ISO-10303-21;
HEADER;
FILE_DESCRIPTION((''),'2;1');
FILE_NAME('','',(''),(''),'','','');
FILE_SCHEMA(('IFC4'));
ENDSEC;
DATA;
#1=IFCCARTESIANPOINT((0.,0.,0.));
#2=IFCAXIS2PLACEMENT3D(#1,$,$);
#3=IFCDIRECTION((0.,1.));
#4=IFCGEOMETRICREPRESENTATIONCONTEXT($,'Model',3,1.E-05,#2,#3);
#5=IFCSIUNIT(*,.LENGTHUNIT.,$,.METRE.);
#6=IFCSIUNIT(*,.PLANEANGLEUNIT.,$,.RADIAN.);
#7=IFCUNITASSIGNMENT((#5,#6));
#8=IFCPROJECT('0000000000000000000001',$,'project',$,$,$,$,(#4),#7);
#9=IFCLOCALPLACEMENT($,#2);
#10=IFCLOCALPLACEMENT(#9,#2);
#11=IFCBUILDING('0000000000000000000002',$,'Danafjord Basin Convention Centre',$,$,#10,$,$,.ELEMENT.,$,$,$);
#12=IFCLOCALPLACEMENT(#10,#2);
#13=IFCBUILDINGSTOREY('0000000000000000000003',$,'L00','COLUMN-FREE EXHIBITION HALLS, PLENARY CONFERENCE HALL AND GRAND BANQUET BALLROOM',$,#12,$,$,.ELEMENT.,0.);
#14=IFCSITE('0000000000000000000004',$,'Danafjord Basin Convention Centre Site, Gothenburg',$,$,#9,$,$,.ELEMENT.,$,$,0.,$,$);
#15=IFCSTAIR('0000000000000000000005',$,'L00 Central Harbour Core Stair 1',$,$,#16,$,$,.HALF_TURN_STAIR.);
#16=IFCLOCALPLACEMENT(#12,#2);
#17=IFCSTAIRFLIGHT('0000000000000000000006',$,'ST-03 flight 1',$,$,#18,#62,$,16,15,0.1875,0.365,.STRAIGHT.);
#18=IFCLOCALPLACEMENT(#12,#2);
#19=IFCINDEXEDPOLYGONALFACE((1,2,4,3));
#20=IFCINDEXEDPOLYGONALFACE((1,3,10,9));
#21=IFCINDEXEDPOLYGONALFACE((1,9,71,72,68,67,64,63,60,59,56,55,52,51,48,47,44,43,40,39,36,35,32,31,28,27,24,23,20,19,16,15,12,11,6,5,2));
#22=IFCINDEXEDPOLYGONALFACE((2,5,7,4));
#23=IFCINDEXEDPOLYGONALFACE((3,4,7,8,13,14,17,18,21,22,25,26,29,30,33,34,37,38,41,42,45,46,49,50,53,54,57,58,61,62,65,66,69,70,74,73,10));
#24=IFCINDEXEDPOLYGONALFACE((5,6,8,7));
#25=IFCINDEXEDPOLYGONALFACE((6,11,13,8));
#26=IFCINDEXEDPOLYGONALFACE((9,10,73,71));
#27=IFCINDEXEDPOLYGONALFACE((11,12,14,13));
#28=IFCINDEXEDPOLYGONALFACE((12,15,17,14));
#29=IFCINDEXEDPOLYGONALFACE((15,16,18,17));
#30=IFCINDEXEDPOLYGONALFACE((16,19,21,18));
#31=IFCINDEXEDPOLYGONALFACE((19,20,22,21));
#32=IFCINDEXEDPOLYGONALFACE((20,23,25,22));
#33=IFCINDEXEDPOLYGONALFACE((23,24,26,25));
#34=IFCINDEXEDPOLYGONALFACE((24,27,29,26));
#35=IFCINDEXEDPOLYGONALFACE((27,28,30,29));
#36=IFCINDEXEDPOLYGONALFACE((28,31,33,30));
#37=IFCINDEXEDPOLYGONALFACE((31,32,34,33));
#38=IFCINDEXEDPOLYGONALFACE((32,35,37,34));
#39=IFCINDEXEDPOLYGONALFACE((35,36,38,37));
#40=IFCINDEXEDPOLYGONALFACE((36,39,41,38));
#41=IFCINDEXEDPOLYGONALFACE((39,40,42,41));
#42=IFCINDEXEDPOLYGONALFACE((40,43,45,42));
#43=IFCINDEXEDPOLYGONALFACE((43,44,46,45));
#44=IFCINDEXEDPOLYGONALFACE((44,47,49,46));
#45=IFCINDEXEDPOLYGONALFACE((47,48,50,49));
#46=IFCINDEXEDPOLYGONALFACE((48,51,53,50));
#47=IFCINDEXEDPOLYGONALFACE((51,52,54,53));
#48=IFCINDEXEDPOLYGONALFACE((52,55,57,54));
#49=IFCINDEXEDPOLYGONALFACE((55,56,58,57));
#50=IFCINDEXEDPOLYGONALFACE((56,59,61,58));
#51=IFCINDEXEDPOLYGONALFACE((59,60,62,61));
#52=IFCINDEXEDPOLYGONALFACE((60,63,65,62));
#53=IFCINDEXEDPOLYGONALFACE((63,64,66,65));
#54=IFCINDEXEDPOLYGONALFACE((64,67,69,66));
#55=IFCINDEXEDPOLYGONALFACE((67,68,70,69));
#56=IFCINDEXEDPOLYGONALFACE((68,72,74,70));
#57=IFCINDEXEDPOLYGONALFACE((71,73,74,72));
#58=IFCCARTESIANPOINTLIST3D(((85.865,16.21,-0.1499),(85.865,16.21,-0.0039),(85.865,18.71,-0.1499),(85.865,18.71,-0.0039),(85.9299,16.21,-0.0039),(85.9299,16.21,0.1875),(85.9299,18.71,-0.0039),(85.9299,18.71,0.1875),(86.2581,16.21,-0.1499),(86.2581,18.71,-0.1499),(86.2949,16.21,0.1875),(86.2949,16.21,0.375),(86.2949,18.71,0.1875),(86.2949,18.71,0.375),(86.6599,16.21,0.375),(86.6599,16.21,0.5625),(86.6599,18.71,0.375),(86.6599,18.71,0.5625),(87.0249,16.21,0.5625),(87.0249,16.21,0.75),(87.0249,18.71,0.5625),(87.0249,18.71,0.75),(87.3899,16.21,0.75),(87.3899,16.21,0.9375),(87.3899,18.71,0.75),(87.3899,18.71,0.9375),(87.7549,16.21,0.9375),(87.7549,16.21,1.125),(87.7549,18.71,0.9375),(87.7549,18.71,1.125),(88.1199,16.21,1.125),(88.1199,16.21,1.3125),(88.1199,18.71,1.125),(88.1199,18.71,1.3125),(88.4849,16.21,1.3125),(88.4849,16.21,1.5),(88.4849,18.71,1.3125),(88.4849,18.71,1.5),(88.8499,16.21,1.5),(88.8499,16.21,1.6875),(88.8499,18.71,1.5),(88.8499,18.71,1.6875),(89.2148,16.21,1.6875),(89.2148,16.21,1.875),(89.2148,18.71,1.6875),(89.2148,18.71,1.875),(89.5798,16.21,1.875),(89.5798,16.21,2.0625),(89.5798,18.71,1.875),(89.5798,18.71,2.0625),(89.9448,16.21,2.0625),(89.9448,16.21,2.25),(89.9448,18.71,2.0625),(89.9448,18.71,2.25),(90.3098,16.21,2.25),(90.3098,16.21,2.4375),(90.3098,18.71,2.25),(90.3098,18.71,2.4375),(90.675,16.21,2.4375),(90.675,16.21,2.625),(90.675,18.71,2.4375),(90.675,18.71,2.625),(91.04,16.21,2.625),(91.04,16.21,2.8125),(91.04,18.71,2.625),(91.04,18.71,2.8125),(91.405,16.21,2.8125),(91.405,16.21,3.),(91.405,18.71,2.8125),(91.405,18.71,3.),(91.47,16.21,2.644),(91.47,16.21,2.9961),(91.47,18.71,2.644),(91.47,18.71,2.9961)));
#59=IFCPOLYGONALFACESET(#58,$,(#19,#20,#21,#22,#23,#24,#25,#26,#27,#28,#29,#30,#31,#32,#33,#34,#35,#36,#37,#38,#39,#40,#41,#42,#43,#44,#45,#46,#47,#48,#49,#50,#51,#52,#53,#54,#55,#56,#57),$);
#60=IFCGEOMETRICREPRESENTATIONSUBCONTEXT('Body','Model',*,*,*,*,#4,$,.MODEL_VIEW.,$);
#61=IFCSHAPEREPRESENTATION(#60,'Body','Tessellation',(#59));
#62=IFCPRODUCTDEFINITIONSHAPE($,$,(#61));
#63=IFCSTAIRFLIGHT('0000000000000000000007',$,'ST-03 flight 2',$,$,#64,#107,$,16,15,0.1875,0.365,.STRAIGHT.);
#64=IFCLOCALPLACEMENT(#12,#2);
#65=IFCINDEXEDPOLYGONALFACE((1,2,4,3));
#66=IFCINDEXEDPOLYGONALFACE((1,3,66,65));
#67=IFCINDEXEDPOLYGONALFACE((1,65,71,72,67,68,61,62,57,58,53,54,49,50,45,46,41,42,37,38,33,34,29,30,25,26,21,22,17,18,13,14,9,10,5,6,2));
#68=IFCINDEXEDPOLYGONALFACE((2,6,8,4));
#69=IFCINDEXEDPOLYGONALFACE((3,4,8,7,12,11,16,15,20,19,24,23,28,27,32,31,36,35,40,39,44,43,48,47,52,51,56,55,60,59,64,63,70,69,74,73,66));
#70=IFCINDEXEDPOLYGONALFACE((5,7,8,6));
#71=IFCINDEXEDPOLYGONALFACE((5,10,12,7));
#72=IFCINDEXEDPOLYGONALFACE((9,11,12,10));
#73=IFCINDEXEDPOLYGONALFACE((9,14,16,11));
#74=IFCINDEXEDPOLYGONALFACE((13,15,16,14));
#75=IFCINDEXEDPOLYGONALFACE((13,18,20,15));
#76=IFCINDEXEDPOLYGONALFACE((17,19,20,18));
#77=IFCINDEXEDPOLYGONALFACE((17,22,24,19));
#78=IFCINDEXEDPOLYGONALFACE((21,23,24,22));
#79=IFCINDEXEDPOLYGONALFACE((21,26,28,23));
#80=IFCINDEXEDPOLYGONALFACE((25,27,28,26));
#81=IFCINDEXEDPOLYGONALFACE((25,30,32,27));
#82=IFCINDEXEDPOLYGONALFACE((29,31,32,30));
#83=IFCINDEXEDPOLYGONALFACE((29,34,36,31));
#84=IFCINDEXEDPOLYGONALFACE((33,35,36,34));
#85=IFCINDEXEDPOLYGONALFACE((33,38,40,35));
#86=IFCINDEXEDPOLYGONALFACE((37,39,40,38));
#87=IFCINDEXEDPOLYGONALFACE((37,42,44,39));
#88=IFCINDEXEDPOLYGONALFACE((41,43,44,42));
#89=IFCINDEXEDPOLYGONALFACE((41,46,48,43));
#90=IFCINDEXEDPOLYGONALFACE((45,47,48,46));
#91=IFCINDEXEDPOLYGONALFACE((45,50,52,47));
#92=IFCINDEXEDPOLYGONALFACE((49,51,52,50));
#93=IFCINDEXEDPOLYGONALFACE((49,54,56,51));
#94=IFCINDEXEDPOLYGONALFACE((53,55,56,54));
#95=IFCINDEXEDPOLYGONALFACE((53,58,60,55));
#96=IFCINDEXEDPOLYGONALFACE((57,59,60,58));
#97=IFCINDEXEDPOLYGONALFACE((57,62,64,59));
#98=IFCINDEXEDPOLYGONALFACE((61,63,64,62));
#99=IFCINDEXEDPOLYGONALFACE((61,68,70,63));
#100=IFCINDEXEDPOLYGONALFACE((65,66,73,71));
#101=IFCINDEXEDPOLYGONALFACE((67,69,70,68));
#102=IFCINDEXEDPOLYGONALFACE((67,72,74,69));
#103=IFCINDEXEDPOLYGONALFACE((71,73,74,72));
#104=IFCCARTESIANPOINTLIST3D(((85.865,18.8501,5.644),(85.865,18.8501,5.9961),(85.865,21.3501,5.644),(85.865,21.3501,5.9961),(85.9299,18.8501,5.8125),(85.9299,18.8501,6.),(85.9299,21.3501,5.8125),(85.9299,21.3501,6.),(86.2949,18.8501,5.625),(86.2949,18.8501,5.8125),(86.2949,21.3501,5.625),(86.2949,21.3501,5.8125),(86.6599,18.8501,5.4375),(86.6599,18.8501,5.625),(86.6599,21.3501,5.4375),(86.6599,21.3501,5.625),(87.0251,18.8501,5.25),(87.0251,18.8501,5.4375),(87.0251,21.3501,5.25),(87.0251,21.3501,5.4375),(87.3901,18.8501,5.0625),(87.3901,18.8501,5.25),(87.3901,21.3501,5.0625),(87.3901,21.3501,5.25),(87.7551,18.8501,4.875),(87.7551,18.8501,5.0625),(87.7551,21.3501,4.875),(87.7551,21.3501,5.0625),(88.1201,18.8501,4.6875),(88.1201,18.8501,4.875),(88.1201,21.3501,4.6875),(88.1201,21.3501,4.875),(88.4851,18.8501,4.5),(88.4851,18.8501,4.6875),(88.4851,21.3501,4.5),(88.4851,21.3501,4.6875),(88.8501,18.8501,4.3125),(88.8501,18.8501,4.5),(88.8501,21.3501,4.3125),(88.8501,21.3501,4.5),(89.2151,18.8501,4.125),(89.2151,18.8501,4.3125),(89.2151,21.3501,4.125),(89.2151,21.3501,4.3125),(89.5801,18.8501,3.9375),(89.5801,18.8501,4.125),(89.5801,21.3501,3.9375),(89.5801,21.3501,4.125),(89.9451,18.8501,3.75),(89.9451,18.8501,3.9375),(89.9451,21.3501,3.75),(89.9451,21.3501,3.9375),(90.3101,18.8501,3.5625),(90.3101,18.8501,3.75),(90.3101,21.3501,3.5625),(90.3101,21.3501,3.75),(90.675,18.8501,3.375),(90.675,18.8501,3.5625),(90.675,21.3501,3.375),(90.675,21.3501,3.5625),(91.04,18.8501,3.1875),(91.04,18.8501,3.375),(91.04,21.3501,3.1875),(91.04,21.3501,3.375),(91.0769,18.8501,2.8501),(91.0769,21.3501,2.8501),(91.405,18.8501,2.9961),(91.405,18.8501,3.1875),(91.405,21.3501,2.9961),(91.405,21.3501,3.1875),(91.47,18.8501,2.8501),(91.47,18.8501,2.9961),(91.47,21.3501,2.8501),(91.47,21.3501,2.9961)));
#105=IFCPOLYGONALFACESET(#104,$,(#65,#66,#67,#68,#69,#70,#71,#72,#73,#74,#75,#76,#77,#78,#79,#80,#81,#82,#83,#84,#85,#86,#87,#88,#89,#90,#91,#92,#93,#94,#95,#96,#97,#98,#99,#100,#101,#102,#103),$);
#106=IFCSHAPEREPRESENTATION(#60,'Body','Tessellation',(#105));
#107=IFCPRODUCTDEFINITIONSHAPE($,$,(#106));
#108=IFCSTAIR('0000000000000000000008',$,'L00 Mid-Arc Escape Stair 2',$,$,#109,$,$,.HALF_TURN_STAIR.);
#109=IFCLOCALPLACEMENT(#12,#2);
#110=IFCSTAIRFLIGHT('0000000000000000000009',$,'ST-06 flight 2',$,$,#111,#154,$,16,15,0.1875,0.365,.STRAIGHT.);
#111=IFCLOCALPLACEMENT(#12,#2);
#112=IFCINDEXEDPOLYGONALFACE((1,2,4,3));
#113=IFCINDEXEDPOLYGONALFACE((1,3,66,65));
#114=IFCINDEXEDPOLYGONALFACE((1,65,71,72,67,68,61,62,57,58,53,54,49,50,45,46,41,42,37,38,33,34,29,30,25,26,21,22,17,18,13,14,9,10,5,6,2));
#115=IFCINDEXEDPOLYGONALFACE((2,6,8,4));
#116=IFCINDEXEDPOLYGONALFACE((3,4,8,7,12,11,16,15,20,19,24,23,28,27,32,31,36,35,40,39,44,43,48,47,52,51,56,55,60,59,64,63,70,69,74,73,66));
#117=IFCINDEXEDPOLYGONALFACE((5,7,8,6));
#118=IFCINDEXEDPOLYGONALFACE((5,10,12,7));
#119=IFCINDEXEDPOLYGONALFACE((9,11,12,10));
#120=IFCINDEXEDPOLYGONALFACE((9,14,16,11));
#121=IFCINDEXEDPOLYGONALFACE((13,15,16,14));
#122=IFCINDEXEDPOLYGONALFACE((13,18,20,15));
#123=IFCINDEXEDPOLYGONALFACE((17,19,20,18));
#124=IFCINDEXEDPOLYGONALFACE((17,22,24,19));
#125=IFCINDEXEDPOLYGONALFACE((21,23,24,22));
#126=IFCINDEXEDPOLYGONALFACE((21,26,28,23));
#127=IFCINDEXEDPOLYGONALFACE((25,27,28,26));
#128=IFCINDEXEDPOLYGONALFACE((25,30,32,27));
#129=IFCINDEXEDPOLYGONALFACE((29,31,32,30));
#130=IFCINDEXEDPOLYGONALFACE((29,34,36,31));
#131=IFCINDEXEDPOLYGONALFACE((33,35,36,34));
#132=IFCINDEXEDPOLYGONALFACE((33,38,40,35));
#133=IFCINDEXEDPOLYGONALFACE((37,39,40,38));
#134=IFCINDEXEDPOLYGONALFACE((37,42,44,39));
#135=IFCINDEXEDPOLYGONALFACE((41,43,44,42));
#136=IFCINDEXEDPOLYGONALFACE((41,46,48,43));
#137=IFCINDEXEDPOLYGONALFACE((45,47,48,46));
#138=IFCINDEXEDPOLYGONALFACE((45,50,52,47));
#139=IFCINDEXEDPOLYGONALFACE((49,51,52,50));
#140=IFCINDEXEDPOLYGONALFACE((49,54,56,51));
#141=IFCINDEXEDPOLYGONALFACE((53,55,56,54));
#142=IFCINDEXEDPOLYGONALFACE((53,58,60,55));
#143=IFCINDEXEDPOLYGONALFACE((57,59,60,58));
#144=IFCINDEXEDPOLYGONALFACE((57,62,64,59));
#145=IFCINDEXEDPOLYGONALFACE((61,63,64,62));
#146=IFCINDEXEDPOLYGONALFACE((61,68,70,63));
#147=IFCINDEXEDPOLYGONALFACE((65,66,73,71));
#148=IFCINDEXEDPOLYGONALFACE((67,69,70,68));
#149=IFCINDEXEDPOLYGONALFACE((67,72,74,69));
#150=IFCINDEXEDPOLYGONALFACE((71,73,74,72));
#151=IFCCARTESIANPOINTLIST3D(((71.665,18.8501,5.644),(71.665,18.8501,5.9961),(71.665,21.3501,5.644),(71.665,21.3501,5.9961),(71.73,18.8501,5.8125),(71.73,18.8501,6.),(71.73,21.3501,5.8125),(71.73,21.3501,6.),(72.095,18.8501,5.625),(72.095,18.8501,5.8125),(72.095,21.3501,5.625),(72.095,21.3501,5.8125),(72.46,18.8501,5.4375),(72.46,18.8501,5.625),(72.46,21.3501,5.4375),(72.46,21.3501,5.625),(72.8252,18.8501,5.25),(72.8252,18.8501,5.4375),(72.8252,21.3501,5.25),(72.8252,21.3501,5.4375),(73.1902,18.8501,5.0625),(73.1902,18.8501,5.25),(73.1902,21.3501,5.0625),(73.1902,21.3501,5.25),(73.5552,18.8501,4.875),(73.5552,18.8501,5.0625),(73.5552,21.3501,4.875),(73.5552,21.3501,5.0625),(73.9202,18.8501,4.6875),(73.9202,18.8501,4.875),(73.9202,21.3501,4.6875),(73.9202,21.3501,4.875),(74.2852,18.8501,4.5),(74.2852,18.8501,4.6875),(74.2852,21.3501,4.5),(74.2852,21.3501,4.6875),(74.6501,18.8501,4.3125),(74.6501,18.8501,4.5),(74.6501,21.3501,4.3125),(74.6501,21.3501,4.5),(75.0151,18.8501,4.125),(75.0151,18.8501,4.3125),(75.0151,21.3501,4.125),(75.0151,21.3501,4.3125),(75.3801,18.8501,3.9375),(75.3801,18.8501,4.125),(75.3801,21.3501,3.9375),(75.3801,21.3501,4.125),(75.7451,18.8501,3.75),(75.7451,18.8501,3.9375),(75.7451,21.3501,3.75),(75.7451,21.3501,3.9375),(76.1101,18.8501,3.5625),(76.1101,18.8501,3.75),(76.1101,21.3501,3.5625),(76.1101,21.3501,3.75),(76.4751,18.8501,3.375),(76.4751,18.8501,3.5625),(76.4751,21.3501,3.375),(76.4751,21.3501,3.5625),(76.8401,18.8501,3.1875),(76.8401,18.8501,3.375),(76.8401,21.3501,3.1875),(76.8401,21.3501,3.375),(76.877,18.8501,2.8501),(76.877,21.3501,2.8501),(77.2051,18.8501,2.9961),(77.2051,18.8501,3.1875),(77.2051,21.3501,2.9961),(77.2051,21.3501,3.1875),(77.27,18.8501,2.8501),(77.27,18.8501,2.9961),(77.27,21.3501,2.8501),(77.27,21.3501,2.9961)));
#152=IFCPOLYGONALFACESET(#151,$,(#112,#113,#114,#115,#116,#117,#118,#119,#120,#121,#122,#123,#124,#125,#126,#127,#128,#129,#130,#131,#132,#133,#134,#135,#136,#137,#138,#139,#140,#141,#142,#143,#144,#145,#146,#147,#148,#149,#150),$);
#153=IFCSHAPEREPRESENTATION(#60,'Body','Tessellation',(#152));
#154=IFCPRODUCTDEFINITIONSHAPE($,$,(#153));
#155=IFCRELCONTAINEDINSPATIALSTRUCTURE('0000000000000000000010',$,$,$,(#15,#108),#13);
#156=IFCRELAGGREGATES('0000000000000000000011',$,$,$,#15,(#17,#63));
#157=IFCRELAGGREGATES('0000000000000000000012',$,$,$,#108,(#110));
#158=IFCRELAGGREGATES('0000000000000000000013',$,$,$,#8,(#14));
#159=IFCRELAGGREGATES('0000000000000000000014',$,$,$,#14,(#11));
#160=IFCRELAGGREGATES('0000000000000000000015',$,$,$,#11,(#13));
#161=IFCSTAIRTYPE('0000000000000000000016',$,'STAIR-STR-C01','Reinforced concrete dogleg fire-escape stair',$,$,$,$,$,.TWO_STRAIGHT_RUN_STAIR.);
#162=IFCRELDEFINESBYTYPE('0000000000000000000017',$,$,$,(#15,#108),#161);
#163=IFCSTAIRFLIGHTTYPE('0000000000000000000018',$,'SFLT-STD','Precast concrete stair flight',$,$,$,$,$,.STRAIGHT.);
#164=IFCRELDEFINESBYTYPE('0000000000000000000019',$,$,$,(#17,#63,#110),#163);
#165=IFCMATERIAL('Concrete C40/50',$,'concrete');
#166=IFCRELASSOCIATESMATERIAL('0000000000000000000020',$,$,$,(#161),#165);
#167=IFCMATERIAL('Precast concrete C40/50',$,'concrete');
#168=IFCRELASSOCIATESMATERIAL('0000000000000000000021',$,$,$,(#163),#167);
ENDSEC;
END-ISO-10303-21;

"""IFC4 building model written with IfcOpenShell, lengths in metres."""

from ifc_helpers import new_model, si_unit, direction, frame, origin, place, context, subcontext, project, spatial, polyline, outline, extrude, material, type_object, element, aggregate, save


model = new_model("IFC4")

# Units and contexts
model_context = context("Model", 3, precision=1e-05, world=origin(), true_north=direction((0.0, 1.0)))
body_context = subcontext(model_context, "Body", "Model", "MODEL_VIEW")
ifc_project = project(units=[si_unit("LENGTHUNIT", "METRE"), si_unit("PLANEANGLEUNIT", "RADIAN")], contexts=[model_context])

# Site, building, storey
site_placement = place(None, origin())
site = spatial("IfcSite", under=ifc_project, at=site_placement, Name="Danafjord Basin Convention Centre Site, Gothenburg", CompositionType="ELEMENT", RefElevation=0.0)
building_placement = place(site_placement, origin())
building = spatial("IfcBuilding", under=site, at=building_placement, Name="Danafjord Basin Convention Centre", CompositionType="ELEMENT")
storey_placement = place(building_placement, origin())
storey = spatial("IfcBuildingStorey", under=building, at=storey_placement, Name="L00", Description="COLUMN-FREE EXHIBITION HALLS, PLENARY CONFERENCE HALL AND GRAND BANQUET BALLROOM", CompositionType="ELEMENT", Elevation=0.0)

# Stair, stair flights
ifc_material_1 = material(Name="Concrete C40/50", Category="concrete")
stair_type = type_object("IfcStairType", Name="STAIR-STR-C01", Description="Reinforced concrete dogleg fire-escape stair", PredefinedType="TWO_STRAIGHT_RUN_STAIR", material=ifc_material_1)
stair_1_placement = place(storey_placement, origin())
stair_1 = element("IfcStair", 1, at=stair_1_placement, inside=storey, type_object=stair_type, Name="L00 Central Harbour Core Stair 1", PredefinedType="HALF_TURN_STAIR")
ifc_material_2 = material(Name="Precast concrete C40/50", Category="concrete")
stair_flight_type = type_object("IfcStairFlightType", Name="SFLT-STD", Description="Precast concrete stair flight", PredefinedType="STRAIGHT", material=ifc_material_2)
stair_flight_1_placement = place(storey_placement, frame((85.9299, 17.46, 0.0), z_axis=(0.0, 0.0, 1.0), x_axis=(1.0, 0.0, 0.0)))
stair_flight_1 = element("IfcStairFlight", 2, at=stair_flight_1_placement, type_object=stair_flight_type, Name="ST-03 flight 1", NumberOfRisers=16, NumberOfTreads=15, PredefinedType="STRAIGHT", RiserHeight=0.1875, TreadLength=0.365, context=body_context, shape_type="SweptSolid", body=[
    extrude(outline(polyline([(-0.0649, -0.1499), (-0.0649, -0.0039), (0.0, -0.0039), (0.0, 0.1875), (0.365, 0.1875), (0.365, 0.375), (0.73, 0.375), (0.73, 0.5625), (1.095, 0.5625), (1.095, 0.75), (1.46, 0.75), (1.46, 0.9375), (1.825, 0.9375), (1.825, 1.125), (2.1899, 1.125), (2.1899, 1.3125), (2.5549, 1.3125), (2.5549, 1.5), (2.9199, 1.5), (2.9199, 1.6875), (3.2849, 1.6875), (3.2849, 1.875), (3.6499, 1.875), (3.6499, 2.0625), (4.0149, 2.0625), (4.0149, 2.25), (4.3799, 2.25), (4.3799, 2.4375), (4.7451, 2.4375), (4.7451, 2.625), (5.1101, 2.625), (5.1101, 2.8125), (5.4751, 2.8125), (5.4751, 3.0), (5.54, 2.9961), (5.54, 2.644), (0.3281, -0.1499), (-0.0649, -0.1499)])), frame((0.0, 1.25, 0.0), z_axis=(0.0, -1.0, 0.0), x_axis=(1.0, 0.0, 0.0)), (0.0, 0.0, 1.0), 2.5),
])
stair_flight_2_placement = place(storey_placement, frame((91.405, 20.1001, 3.0), z_axis=(0.0, 0.0, 1.0), x_axis=(-1.0, 0.0, 0.0)))
stair_flight_2 = element("IfcStairFlight", 3, at=stair_flight_2_placement, type_object=stair_flight_type, Name="ST-03 flight 2", NumberOfRisers=16, NumberOfTreads=15, PredefinedType="STRAIGHT", RiserHeight=0.1875, TreadLength=0.365, context=body_context, shape_type="SweptSolid", body=[
    extrude(outline(polyline([(-0.0649, -0.1499), (-0.0649, -0.0039), (0.0, -0.0039), (0.0, 0.1875), (0.365, 0.1875), (0.365, 0.375), (0.73, 0.375), (0.73, 0.5625), (1.095, 0.5625), (1.095, 0.75), (1.46, 0.75), (1.46, 0.9375), (1.825, 0.9375), (1.825, 1.125), (2.1899, 1.125), (2.1899, 1.3125), (2.5549, 1.3125), (2.5549, 1.5), (2.9199, 1.5), (2.9199, 1.6875), (3.2849, 1.6875), (3.2849, 1.875), (3.6499, 1.875), (3.6499, 2.0625), (4.0149, 2.0625), (4.0149, 2.25), (4.3799, 2.25), (4.3799, 2.4375), (4.7451, 2.4375), (4.7451, 2.625), (5.1101, 2.625), (5.1101, 2.8125), (5.4751, 2.8125), (5.4751, 3.0), (5.54, 2.9961), (5.54, 2.644), (0.3281, -0.1499), (-0.0649, -0.1499)])), frame((0.0, 1.25, 0.0), z_axis=(0.0, -1.0, 0.0), x_axis=(1.0, 0.0, 0.0)), (0.0, 0.0, 1.0), 2.5),
])
aggregate(stair_1, [stair_flight_1, stair_flight_2])

# Stair, stair flight
stair_2_placement = place(storey_placement, origin())
stair_2 = element("IfcStair", 4, at=stair_2_placement, inside=storey, type_object=stair_type, Name="L00 Mid-Arc Escape Stair 2", PredefinedType="HALF_TURN_STAIR")
stair_flight_3_placement = place(storey_placement, frame((77.2051, 20.1001, 3.0), z_axis=(0.0, 0.0, 1.0), x_axis=(-1.0, 0.0, 0.0)))
stair_flight_3 = element("IfcStairFlight", 5, at=stair_flight_3_placement, type_object=stair_flight_type, Name="ST-06 flight 2", NumberOfRisers=16, NumberOfTreads=15, PredefinedType="STRAIGHT", RiserHeight=0.1875, TreadLength=0.365, context=body_context, shape_type="SweptSolid", body=[
    extrude(outline(polyline([(-0.0649, -0.1499), (-0.0649, -0.0039), (0.0, -0.0039), (0.0, 0.1875), (0.365, 0.1875), (0.365, 0.375), (0.73, 0.375), (0.73, 0.5625), (1.095, 0.5625), (1.095, 0.75), (1.46, 0.75), (1.46, 0.9375), (1.825, 0.9375), (1.825, 1.125), (2.1899, 1.125), (2.1899, 1.3125), (2.5549, 1.3125), (2.5549, 1.5), (2.9199, 1.5), (2.9199, 1.6875), (3.2849, 1.6875), (3.2849, 1.875), (3.6499, 1.875), (3.6499, 2.0625), (4.0149, 2.0625), (4.0149, 2.25), (4.3799, 2.25), (4.3799, 2.4375), (4.7451, 2.4375), (4.7451, 2.625), (5.1101, 2.625), (5.1101, 2.8125), (5.4751, 2.8125), (5.4751, 3.0), (5.54, 2.9961), (5.54, 2.644), (0.3281, -0.1499), (-0.0649, -0.1499)])), frame((0.0, 1.25, 0.0), z_axis=(0.0, -1.0, 0.0), x_axis=(1.0, 0.0, 0.0)), (0.0, 0.0, 1.0), 2.5),
])
aggregate(stair_2, [stair_flight_3])

save(model, "model.ifc")
